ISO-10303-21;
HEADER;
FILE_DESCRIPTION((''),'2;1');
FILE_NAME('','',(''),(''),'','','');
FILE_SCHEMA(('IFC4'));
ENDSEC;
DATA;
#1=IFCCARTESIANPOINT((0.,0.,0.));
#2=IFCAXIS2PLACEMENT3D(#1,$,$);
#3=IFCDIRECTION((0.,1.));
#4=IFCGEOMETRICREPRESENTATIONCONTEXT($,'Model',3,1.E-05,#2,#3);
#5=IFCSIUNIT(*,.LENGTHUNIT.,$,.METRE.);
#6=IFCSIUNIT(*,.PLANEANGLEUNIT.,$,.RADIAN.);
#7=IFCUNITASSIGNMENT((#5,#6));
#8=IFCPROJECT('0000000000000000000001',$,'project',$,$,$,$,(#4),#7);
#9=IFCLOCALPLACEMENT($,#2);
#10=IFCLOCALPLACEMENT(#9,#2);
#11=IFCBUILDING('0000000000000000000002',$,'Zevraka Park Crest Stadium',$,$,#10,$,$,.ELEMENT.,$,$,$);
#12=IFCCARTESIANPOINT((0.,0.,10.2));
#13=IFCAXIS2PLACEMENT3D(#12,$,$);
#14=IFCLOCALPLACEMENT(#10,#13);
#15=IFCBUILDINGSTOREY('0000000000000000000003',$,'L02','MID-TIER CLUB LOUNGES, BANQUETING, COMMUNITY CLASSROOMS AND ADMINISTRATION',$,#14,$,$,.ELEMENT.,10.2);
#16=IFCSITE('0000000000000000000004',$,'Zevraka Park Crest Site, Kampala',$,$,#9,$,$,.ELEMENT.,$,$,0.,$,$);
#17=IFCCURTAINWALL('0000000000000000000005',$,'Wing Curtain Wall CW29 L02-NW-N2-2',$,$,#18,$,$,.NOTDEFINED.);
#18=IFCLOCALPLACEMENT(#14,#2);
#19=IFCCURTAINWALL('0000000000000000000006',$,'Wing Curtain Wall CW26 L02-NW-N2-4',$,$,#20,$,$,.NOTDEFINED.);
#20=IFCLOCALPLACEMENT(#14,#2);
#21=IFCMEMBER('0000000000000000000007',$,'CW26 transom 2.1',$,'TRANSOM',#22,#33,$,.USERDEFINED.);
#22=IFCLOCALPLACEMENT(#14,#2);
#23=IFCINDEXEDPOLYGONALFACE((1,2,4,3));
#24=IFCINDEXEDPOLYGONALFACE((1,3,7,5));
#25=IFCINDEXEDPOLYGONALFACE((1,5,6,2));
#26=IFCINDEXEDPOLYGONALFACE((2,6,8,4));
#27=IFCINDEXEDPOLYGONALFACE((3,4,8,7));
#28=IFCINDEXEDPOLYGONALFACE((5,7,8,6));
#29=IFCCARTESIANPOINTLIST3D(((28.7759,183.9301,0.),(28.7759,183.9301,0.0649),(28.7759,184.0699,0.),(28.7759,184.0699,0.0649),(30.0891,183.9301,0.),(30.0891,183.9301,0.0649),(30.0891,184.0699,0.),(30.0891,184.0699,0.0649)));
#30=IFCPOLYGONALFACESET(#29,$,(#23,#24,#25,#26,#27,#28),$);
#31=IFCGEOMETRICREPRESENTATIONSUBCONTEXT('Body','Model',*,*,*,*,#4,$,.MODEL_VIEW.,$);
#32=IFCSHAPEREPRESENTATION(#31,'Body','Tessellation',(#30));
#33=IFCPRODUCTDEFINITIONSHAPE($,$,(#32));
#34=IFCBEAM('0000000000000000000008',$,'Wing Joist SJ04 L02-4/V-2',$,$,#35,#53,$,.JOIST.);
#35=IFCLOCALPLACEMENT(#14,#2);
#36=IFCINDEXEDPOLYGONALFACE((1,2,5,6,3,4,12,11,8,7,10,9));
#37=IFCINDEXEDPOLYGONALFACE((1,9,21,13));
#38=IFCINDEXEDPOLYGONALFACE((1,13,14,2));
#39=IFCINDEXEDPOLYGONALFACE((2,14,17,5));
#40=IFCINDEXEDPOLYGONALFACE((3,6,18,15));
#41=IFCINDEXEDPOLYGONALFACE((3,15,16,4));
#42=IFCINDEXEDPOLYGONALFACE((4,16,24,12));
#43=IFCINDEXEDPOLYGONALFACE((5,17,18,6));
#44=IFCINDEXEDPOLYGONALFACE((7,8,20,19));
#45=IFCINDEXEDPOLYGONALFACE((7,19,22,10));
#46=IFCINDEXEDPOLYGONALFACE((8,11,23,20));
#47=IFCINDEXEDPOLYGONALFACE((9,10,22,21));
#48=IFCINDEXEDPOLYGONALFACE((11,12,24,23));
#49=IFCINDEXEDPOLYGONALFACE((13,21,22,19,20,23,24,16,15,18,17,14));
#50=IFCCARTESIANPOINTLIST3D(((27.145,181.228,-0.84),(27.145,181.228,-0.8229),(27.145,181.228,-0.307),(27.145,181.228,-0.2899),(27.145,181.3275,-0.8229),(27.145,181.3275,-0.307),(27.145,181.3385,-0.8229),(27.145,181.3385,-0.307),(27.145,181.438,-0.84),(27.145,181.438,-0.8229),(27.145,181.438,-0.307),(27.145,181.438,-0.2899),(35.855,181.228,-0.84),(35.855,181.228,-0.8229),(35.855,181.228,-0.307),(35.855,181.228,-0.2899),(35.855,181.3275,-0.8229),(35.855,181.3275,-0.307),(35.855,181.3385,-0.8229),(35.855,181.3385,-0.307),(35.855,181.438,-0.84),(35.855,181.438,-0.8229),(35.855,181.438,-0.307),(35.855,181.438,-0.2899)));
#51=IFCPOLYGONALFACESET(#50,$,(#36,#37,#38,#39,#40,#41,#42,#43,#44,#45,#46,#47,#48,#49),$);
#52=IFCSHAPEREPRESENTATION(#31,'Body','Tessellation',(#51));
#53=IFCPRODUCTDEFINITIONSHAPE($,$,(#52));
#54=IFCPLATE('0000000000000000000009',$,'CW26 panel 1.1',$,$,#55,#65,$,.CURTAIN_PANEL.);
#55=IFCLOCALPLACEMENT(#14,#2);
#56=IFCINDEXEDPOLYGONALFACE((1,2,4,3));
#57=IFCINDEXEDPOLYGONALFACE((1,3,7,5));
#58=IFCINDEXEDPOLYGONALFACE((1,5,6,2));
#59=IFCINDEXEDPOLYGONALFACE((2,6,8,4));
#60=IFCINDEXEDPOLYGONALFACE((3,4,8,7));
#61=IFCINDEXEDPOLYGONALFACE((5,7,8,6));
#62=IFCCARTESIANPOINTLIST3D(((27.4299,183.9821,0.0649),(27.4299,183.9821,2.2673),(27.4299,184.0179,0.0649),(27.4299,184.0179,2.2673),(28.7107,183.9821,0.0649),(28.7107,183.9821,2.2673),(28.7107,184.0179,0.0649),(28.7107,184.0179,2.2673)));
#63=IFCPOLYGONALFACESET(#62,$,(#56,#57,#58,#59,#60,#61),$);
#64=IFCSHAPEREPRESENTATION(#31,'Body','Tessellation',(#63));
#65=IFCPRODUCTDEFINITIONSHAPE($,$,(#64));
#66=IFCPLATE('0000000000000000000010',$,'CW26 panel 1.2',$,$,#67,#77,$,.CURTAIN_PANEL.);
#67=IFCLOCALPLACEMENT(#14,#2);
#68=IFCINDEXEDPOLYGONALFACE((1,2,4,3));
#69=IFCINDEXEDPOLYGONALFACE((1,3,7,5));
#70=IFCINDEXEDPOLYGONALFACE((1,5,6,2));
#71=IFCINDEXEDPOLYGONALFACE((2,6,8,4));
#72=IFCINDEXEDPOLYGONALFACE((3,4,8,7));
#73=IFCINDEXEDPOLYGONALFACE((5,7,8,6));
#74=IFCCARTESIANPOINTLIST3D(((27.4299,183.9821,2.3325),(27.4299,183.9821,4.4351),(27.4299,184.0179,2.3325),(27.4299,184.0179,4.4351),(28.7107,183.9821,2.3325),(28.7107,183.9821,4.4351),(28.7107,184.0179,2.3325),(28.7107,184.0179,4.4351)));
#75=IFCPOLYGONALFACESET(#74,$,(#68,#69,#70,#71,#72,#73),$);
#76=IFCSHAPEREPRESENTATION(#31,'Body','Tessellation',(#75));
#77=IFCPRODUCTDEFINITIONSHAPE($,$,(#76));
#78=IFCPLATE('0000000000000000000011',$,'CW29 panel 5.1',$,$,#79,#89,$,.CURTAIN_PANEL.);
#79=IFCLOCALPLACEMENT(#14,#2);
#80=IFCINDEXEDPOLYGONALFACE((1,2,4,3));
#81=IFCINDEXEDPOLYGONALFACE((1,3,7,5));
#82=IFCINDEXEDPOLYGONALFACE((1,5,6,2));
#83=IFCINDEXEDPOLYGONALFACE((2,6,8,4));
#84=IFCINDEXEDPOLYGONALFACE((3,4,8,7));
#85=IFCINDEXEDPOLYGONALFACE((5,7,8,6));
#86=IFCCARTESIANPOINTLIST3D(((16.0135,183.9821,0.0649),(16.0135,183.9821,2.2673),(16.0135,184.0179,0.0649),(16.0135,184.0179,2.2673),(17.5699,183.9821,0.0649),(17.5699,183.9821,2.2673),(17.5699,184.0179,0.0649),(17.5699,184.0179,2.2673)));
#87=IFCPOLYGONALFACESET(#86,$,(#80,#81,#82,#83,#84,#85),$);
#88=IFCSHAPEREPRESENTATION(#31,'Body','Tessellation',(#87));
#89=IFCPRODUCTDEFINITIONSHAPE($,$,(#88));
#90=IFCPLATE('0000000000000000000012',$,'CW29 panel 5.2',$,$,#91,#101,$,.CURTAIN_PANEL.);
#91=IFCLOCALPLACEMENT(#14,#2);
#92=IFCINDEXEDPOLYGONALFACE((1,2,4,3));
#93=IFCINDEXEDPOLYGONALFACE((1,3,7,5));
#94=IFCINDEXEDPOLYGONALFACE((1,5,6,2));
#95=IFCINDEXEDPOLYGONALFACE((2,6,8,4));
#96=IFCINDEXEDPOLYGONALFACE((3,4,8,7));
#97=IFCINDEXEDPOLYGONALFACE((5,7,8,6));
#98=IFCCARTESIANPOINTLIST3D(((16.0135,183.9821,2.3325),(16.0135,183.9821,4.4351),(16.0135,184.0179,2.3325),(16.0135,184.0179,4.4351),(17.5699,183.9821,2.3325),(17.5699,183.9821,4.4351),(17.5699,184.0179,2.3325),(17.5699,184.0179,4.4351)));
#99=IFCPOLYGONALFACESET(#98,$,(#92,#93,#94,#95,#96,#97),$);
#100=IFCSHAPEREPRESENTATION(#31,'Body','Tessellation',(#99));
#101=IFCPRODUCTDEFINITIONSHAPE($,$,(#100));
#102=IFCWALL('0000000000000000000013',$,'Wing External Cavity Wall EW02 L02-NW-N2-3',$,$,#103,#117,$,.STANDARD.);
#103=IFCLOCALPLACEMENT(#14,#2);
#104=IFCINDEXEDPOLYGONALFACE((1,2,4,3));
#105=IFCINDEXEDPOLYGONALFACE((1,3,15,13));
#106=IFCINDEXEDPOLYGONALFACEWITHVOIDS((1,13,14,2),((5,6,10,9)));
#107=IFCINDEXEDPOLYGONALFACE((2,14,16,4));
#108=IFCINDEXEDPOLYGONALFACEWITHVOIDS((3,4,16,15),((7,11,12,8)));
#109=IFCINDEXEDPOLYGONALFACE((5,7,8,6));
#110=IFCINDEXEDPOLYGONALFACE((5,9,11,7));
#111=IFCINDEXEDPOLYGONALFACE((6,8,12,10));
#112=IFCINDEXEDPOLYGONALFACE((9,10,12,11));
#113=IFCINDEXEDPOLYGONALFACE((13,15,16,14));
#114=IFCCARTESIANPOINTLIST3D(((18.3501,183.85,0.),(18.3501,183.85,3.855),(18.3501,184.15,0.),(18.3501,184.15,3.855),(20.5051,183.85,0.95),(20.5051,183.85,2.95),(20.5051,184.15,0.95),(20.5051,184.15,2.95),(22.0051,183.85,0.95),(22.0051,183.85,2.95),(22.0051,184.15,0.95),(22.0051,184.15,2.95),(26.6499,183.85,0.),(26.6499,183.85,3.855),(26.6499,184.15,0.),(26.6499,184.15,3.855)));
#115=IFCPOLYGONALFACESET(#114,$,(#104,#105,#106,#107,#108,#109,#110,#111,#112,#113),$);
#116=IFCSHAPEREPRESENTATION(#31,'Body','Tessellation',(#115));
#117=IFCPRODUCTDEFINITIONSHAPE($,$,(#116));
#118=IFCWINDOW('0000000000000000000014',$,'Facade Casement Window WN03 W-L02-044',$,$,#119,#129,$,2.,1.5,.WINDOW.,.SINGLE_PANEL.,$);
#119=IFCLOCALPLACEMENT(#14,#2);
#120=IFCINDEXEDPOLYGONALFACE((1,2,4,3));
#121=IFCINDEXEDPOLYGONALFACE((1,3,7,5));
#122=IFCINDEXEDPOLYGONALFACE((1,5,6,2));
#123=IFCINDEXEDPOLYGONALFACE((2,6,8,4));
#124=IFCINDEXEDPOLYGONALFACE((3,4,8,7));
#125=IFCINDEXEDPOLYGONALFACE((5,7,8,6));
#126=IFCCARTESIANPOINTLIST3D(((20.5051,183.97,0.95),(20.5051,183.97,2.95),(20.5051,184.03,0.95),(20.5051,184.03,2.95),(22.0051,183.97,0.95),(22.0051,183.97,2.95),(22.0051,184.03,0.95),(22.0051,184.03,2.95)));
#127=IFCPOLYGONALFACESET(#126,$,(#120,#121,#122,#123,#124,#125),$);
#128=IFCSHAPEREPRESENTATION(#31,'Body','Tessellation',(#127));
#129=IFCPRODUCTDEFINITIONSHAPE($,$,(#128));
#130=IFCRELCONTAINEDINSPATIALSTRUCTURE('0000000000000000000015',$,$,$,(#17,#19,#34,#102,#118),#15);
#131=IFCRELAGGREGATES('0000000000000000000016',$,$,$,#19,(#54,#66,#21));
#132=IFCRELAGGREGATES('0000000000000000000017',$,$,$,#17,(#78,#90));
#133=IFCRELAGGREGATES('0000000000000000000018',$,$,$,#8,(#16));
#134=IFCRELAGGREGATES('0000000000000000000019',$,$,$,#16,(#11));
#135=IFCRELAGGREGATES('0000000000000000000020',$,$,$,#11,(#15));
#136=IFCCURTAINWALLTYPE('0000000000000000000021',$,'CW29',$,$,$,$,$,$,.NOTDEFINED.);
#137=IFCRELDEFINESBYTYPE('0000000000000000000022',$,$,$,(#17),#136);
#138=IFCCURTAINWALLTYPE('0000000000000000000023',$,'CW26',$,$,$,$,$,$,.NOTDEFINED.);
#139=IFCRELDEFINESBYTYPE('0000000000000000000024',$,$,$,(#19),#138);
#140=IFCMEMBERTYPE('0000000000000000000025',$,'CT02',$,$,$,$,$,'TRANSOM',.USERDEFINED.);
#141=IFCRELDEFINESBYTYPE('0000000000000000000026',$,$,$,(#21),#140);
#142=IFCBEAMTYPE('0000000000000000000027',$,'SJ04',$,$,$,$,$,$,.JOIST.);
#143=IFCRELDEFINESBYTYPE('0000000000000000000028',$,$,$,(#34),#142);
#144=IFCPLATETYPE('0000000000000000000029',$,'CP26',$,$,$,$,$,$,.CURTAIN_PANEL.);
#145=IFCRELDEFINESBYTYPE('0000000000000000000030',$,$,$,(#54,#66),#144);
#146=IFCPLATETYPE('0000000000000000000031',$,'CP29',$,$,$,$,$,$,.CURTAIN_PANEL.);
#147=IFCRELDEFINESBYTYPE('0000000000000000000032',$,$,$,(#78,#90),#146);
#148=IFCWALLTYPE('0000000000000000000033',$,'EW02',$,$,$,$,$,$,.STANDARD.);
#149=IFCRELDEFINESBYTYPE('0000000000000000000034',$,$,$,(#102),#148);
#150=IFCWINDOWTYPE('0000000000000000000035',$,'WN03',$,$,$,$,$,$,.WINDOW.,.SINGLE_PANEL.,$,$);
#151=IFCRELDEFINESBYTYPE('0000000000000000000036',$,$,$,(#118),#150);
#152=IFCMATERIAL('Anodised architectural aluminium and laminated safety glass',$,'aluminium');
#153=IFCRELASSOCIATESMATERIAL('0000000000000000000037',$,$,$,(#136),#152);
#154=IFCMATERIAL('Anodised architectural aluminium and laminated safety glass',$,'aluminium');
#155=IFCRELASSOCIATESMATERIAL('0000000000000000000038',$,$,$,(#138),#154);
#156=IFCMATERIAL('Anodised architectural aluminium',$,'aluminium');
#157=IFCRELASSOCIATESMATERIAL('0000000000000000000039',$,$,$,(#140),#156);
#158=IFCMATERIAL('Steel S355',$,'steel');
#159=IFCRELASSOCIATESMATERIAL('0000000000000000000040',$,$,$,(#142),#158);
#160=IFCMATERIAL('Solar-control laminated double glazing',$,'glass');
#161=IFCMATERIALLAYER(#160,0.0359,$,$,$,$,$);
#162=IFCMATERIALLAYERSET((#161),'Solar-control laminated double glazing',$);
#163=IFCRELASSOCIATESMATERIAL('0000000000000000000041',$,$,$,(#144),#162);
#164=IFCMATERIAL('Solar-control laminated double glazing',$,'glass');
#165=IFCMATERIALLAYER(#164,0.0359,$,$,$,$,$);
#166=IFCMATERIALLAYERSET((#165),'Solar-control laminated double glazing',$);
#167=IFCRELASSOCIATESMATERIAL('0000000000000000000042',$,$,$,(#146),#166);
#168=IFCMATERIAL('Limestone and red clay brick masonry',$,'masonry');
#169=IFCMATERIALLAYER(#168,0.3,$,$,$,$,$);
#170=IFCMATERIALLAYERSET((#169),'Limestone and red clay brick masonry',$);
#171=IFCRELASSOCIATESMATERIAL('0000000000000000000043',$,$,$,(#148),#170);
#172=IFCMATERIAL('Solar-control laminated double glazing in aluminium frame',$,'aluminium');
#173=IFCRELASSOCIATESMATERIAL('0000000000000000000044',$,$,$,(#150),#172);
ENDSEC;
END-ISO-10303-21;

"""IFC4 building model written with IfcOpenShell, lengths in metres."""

from ifc_helpers import new_model, si_unit, direction, frame, frame_2d, origin, origin_2d, place, context, subcontext, project, spatial, rectangle, i_section, extrude, material, layer, layer_set, material_profile, profile_set, type_object, element, fill, aggregate, save


model = new_model("IFC4")

# Units and contexts
model_context = context("Model", 3, precision=1e-05, world=origin(), true_north=direction((0.0, 1.0)))
body_context = subcontext(model_context, "Body", "Model", "MODEL_VIEW")
ifc_project = project(units=[si_unit("LENGTHUNIT", "METRE"), si_unit("PLANEANGLEUNIT", "RADIAN")], contexts=[model_context])

# Site, building, storey
site_placement = place(None, origin())
site = spatial("IfcSite", under=ifc_project, at=site_placement, Name="Zevraka Park Crest Site, Kampala", CompositionType="ELEMENT", RefElevation=0.0)
building_placement = place(site_placement, origin())
building = spatial("IfcBuilding", under=site, at=building_placement, Name="Zevraka Park Crest Stadium", CompositionType="ELEMENT")
storey_placement = place(building_placement, frame((0.0, 0.0, 10.2)))
storey = spatial("IfcBuildingStorey", under=building, at=storey_placement, Name="L02", Description="MID-TIER CLUB LOUNGES, BANQUETING, COMMUNITY CLASSROOMS AND ADMINISTRATION", CompositionType="ELEMENT", Elevation=10.2)

# Curtain wall
ifc_material_1 = material(Name="Anodised architectural aluminium and laminated safety glass", Category="aluminium")
curtain_wall_type_1 = type_object("IfcCurtainWallType", Name="CW29", PredefinedType="NOTDEFINED", material=ifc_material_1)
curtain_wall_1_placement = place(storey_placement, origin())
curtain_wall_1 = element("IfcCurtainWall", 1, at=curtain_wall_1_placement, inside=storey, type_object=curtain_wall_type_1, Name="Wing Curtain Wall CW29 L02-NW-N2-2", PredefinedType="NOTDEFINED")

# Curtain wall
ifc_material_2 = material(Name="Anodised architectural aluminium and laminated safety glass", Category="aluminium")
curtain_wall_type_2 = type_object("IfcCurtainWallType", Name="CW26", PredefinedType="NOTDEFINED", material=ifc_material_2)
curtain_wall_2_placement = place(storey_placement, origin())
curtain_wall_2 = element("IfcCurtainWall", 2, at=curtain_wall_2_placement, inside=storey, type_object=curtain_wall_type_2, Name="Wing Curtain Wall CW26 L02-NW-N2-4", PredefinedType="NOTDEFINED")

# Member
ifc_material_3 = material(Name="Anodised architectural aluminium", Category="aluminium")
ifc_material_profile_1 = material_profile(ifc_material_3, rectangle(XDim=0.1399, YDim=0.0649, at=origin_2d()), Name="ALU TRANSOM 140x65")
ifc_profile_set_1 = profile_set([ifc_material_profile_1], Name="Anodised architectural aluminium")
member_type_1 = type_object("IfcMemberType", Name="CT02", ElementType="TRANSOM", PredefinedType="USERDEFINED", material=ifc_profile_set_1)
member_1_placement = place(storey_placement, frame((28.7759, 184.0, 0.0325), z_axis=(1.0, 0.0, 0.0), x_axis=(0.0, 1.0, 0.0)))
member_1 = element("IfcMember", 3, at=member_1_placement, type_object=member_type_1, Name="CW26 transom 2.1", ObjectType="TRANSOM", PredefinedType="USERDEFINED", context=body_context, shape_type="SweptSolid", body=[
    extrude(rectangle(XDim=0.1399, YDim=0.0649, at=origin_2d()), origin(), (0.0, 0.0, 1.0), 1.3132),
])

# Beam
ifc_material_4 = material(Name="Steel S355", Category="steel")
ifc_material_profile_2 = material_profile(ifc_material_4, i_section(OverallWidth=0.21, OverallDepth=0.55, WebThickness=0.011, FlangeThickness=0.0171, at=origin_2d()), Name="IPE 550")
ifc_profile_set_2 = profile_set([ifc_material_profile_2], Name="Steel S355")
beam_type_1 = type_object("IfcBeamType", Name="SJ04", PredefinedType="JOIST", material=ifc_profile_set_2)
beam_placement = place(storey_placement, frame((27.145, 181.333, -0.5649), z_axis=(1.0, 0.0, 0.0), x_axis=(0.0, 1.0, 0.0)))
element("IfcBeam", 4, at=beam_placement, inside=storey, type_object=beam_type_1, Name="Wing Joist SJ04 L02-4/V-2", PredefinedType="JOIST", context=body_context, shape_type="SweptSolid", body=[
    extrude(i_section(OverallWidth=0.21, OverallDepth=0.55, WebThickness=0.011, FlangeThickness=0.0171, at=origin_2d()), origin(), (0.0, 0.0, 1.0), 8.71),
])

# Plates
ifc_material_5 = material(Name="Solar-control laminated double glazing", Category="glass")
ifc_layer_1 = layer(ifc_material_5, 0.0359)
ifc_layer_set_1 = layer_set([ifc_layer_1], Name="Solar-control laminated double glazing")
plate_type_1 = type_object("IfcPlateType", Name="CP26", PredefinedType="CURTAIN_PANEL", material=ifc_layer_set_1)
plate_1_placement = place(storey_placement, frame((28.0703, 184.0, 0.0649), z_axis=(0.0, 0.0, 1.0), x_axis=(1.0, 0.0, 0.0)))
plate_1 = element("IfcPlate", 5, at=plate_1_placement, type_object=plate_type_1, Name="CW26 panel 1.1", PredefinedType="CURTAIN_PANEL", context=body_context, shape_type="SweptSolid", body=[
    extrude(rectangle(XDim=1.2808, YDim=0.0359, at=origin_2d()), origin(), (0.0, 0.0, 1.0), 2.2024),
])
plate_2_placement = place(storey_placement, frame((28.0703, 184.0, 2.3325), z_axis=(0.0, 0.0, 1.0), x_axis=(1.0, 0.0, 0.0)))
plate_2 = element("IfcPlate", 6, at=plate_2_placement, type_object=plate_type_1, Name="CW26 panel 1.2", PredefinedType="CURTAIN_PANEL", context=body_context, shape_type="SweptSolid", body=[
    extrude(rectangle(XDim=1.2808, YDim=0.0359, at=origin_2d()), origin(), (0.0, 0.0, 1.0), 2.1025),
])
aggregate(curtain_wall_2, [plate_1, plate_2, member_1])
ifc_material_6 = material(Name="Solar-control laminated double glazing", Category="glass")
ifc_layer_2 = layer(ifc_material_6, 0.0359)
ifc_layer_set_2 = layer_set([ifc_layer_2], Name="Solar-control laminated double glazing")
plate_type_2 = type_object("IfcPlateType", Name="CP29", PredefinedType="CURTAIN_PANEL", material=ifc_layer_set_2)
plate_3_placement = place(storey_placement, frame((16.7917, 184.0, 0.0649), z_axis=(0.0, 0.0, 1.0), x_axis=(1.0, 0.0, 0.0)))
plate_3 = element("IfcPlate", 7, at=plate_3_placement, type_object=plate_type_2, Name="CW29 panel 5.1", PredefinedType="CURTAIN_PANEL", context=body_context, shape_type="SweptSolid", body=[
    extrude(rectangle(XDim=1.5564, YDim=0.0359, at=origin_2d()), origin(), (0.0, 0.0, 1.0), 2.2024),
])
plate_4_placement = place(storey_placement, frame((16.7917, 184.0, 2.3325), z_axis=(0.0, 0.0, 1.0), x_axis=(1.0, 0.0, 0.0)))
plate_4 = element("IfcPlate", 8, at=plate_4_placement, type_object=plate_type_2, Name="CW29 panel 5.2", PredefinedType="CURTAIN_PANEL", context=body_context, shape_type="SweptSolid", body=[
    extrude(rectangle(XDim=1.5564, YDim=0.0359, at=origin_2d()), origin(), (0.0, 0.0, 1.0), 2.1025),
])
aggregate(curtain_wall_1, [plate_3, plate_4])

# Wall, opening, window
ifc_material_7 = material(Name="Limestone and red clay brick masonry", Category="masonry")
ifc_layer_3 = layer(ifc_material_7, 0.3)
ifc_layer_set_3 = layer_set([ifc_layer_3], Name="Limestone and red clay brick masonry")
wall_type = type_object("IfcWallType", Name="EW02", PredefinedType="STANDARD", material=ifc_layer_set_3)
wall_placement = place(storey_placement, frame((18.3501, 184.0, 0.0), z_axis=(0.0, 0.0, 1.0), x_axis=(1.0, 0.0, 0.0)))
wall = element("IfcWall", 9, at=wall_placement, inside=storey, type_object=wall_type, Name="Wing External Cavity Wall EW02 L02-NW-N2-3", PredefinedType="STANDARD", context=body_context, shape_type="SweptSolid", body=[
    extrude(rectangle(XDim=8.2998, YDim=0.3, at=frame_2d((4.1499, 0.0))), origin(), (0.0, 0.0, 1.0), 3.855),
])
opening_placement = place(wall_placement, frame((2.155, 0.0, 0.95)))
opening = element("IfcOpeningElement", 10, at=opening_placement, cuts=wall, PredefinedType="OPENING", context=body_context, shape_type="SweptSolid", body=[
    extrude(rectangle(XDim=1.5, YDim=2.0, at=frame_2d((0.75, 1.0))), frame((0.0, 0.1599, 0.0), z_axis=(0.0, -1.0, 0.0), x_axis=(1.0, 0.0, 0.0)), (0.0, 0.0, 1.0), 0.3201),
])
ifc_material_8 = material(Name="Solar-control laminated double glazing in aluminium frame", Category="aluminium")
window_type = type_object("IfcWindowType", Name="WN03", PartitioningType="SINGLE_PANEL", PredefinedType="WINDOW", material=ifc_material_8)
window_placement = place(opening_placement, origin())
window = element("IfcWindow", 11, at=window_placement, inside=storey, type_object=window_type, Name="Facade Casement Window WN03 W-L02-044", OverallHeight=2.0, OverallWidth=1.5, PartitioningType="SINGLE_PANEL", PredefinedType="WINDOW", context=body_context, shape_type="SweptSolid", body=[
    extrude(rectangle(XDim=1.5, YDim=2.0, at=frame_2d((0.75, 1.0))), frame((0.0, 0.03, 0.0), z_axis=(0.0, -1.0, 0.0), x_axis=(1.0, 0.0, 0.0)), (0.0, 0.0, 1.0), 0.0601),
])
fill(opening, window)

save(model, "model.ifc")
